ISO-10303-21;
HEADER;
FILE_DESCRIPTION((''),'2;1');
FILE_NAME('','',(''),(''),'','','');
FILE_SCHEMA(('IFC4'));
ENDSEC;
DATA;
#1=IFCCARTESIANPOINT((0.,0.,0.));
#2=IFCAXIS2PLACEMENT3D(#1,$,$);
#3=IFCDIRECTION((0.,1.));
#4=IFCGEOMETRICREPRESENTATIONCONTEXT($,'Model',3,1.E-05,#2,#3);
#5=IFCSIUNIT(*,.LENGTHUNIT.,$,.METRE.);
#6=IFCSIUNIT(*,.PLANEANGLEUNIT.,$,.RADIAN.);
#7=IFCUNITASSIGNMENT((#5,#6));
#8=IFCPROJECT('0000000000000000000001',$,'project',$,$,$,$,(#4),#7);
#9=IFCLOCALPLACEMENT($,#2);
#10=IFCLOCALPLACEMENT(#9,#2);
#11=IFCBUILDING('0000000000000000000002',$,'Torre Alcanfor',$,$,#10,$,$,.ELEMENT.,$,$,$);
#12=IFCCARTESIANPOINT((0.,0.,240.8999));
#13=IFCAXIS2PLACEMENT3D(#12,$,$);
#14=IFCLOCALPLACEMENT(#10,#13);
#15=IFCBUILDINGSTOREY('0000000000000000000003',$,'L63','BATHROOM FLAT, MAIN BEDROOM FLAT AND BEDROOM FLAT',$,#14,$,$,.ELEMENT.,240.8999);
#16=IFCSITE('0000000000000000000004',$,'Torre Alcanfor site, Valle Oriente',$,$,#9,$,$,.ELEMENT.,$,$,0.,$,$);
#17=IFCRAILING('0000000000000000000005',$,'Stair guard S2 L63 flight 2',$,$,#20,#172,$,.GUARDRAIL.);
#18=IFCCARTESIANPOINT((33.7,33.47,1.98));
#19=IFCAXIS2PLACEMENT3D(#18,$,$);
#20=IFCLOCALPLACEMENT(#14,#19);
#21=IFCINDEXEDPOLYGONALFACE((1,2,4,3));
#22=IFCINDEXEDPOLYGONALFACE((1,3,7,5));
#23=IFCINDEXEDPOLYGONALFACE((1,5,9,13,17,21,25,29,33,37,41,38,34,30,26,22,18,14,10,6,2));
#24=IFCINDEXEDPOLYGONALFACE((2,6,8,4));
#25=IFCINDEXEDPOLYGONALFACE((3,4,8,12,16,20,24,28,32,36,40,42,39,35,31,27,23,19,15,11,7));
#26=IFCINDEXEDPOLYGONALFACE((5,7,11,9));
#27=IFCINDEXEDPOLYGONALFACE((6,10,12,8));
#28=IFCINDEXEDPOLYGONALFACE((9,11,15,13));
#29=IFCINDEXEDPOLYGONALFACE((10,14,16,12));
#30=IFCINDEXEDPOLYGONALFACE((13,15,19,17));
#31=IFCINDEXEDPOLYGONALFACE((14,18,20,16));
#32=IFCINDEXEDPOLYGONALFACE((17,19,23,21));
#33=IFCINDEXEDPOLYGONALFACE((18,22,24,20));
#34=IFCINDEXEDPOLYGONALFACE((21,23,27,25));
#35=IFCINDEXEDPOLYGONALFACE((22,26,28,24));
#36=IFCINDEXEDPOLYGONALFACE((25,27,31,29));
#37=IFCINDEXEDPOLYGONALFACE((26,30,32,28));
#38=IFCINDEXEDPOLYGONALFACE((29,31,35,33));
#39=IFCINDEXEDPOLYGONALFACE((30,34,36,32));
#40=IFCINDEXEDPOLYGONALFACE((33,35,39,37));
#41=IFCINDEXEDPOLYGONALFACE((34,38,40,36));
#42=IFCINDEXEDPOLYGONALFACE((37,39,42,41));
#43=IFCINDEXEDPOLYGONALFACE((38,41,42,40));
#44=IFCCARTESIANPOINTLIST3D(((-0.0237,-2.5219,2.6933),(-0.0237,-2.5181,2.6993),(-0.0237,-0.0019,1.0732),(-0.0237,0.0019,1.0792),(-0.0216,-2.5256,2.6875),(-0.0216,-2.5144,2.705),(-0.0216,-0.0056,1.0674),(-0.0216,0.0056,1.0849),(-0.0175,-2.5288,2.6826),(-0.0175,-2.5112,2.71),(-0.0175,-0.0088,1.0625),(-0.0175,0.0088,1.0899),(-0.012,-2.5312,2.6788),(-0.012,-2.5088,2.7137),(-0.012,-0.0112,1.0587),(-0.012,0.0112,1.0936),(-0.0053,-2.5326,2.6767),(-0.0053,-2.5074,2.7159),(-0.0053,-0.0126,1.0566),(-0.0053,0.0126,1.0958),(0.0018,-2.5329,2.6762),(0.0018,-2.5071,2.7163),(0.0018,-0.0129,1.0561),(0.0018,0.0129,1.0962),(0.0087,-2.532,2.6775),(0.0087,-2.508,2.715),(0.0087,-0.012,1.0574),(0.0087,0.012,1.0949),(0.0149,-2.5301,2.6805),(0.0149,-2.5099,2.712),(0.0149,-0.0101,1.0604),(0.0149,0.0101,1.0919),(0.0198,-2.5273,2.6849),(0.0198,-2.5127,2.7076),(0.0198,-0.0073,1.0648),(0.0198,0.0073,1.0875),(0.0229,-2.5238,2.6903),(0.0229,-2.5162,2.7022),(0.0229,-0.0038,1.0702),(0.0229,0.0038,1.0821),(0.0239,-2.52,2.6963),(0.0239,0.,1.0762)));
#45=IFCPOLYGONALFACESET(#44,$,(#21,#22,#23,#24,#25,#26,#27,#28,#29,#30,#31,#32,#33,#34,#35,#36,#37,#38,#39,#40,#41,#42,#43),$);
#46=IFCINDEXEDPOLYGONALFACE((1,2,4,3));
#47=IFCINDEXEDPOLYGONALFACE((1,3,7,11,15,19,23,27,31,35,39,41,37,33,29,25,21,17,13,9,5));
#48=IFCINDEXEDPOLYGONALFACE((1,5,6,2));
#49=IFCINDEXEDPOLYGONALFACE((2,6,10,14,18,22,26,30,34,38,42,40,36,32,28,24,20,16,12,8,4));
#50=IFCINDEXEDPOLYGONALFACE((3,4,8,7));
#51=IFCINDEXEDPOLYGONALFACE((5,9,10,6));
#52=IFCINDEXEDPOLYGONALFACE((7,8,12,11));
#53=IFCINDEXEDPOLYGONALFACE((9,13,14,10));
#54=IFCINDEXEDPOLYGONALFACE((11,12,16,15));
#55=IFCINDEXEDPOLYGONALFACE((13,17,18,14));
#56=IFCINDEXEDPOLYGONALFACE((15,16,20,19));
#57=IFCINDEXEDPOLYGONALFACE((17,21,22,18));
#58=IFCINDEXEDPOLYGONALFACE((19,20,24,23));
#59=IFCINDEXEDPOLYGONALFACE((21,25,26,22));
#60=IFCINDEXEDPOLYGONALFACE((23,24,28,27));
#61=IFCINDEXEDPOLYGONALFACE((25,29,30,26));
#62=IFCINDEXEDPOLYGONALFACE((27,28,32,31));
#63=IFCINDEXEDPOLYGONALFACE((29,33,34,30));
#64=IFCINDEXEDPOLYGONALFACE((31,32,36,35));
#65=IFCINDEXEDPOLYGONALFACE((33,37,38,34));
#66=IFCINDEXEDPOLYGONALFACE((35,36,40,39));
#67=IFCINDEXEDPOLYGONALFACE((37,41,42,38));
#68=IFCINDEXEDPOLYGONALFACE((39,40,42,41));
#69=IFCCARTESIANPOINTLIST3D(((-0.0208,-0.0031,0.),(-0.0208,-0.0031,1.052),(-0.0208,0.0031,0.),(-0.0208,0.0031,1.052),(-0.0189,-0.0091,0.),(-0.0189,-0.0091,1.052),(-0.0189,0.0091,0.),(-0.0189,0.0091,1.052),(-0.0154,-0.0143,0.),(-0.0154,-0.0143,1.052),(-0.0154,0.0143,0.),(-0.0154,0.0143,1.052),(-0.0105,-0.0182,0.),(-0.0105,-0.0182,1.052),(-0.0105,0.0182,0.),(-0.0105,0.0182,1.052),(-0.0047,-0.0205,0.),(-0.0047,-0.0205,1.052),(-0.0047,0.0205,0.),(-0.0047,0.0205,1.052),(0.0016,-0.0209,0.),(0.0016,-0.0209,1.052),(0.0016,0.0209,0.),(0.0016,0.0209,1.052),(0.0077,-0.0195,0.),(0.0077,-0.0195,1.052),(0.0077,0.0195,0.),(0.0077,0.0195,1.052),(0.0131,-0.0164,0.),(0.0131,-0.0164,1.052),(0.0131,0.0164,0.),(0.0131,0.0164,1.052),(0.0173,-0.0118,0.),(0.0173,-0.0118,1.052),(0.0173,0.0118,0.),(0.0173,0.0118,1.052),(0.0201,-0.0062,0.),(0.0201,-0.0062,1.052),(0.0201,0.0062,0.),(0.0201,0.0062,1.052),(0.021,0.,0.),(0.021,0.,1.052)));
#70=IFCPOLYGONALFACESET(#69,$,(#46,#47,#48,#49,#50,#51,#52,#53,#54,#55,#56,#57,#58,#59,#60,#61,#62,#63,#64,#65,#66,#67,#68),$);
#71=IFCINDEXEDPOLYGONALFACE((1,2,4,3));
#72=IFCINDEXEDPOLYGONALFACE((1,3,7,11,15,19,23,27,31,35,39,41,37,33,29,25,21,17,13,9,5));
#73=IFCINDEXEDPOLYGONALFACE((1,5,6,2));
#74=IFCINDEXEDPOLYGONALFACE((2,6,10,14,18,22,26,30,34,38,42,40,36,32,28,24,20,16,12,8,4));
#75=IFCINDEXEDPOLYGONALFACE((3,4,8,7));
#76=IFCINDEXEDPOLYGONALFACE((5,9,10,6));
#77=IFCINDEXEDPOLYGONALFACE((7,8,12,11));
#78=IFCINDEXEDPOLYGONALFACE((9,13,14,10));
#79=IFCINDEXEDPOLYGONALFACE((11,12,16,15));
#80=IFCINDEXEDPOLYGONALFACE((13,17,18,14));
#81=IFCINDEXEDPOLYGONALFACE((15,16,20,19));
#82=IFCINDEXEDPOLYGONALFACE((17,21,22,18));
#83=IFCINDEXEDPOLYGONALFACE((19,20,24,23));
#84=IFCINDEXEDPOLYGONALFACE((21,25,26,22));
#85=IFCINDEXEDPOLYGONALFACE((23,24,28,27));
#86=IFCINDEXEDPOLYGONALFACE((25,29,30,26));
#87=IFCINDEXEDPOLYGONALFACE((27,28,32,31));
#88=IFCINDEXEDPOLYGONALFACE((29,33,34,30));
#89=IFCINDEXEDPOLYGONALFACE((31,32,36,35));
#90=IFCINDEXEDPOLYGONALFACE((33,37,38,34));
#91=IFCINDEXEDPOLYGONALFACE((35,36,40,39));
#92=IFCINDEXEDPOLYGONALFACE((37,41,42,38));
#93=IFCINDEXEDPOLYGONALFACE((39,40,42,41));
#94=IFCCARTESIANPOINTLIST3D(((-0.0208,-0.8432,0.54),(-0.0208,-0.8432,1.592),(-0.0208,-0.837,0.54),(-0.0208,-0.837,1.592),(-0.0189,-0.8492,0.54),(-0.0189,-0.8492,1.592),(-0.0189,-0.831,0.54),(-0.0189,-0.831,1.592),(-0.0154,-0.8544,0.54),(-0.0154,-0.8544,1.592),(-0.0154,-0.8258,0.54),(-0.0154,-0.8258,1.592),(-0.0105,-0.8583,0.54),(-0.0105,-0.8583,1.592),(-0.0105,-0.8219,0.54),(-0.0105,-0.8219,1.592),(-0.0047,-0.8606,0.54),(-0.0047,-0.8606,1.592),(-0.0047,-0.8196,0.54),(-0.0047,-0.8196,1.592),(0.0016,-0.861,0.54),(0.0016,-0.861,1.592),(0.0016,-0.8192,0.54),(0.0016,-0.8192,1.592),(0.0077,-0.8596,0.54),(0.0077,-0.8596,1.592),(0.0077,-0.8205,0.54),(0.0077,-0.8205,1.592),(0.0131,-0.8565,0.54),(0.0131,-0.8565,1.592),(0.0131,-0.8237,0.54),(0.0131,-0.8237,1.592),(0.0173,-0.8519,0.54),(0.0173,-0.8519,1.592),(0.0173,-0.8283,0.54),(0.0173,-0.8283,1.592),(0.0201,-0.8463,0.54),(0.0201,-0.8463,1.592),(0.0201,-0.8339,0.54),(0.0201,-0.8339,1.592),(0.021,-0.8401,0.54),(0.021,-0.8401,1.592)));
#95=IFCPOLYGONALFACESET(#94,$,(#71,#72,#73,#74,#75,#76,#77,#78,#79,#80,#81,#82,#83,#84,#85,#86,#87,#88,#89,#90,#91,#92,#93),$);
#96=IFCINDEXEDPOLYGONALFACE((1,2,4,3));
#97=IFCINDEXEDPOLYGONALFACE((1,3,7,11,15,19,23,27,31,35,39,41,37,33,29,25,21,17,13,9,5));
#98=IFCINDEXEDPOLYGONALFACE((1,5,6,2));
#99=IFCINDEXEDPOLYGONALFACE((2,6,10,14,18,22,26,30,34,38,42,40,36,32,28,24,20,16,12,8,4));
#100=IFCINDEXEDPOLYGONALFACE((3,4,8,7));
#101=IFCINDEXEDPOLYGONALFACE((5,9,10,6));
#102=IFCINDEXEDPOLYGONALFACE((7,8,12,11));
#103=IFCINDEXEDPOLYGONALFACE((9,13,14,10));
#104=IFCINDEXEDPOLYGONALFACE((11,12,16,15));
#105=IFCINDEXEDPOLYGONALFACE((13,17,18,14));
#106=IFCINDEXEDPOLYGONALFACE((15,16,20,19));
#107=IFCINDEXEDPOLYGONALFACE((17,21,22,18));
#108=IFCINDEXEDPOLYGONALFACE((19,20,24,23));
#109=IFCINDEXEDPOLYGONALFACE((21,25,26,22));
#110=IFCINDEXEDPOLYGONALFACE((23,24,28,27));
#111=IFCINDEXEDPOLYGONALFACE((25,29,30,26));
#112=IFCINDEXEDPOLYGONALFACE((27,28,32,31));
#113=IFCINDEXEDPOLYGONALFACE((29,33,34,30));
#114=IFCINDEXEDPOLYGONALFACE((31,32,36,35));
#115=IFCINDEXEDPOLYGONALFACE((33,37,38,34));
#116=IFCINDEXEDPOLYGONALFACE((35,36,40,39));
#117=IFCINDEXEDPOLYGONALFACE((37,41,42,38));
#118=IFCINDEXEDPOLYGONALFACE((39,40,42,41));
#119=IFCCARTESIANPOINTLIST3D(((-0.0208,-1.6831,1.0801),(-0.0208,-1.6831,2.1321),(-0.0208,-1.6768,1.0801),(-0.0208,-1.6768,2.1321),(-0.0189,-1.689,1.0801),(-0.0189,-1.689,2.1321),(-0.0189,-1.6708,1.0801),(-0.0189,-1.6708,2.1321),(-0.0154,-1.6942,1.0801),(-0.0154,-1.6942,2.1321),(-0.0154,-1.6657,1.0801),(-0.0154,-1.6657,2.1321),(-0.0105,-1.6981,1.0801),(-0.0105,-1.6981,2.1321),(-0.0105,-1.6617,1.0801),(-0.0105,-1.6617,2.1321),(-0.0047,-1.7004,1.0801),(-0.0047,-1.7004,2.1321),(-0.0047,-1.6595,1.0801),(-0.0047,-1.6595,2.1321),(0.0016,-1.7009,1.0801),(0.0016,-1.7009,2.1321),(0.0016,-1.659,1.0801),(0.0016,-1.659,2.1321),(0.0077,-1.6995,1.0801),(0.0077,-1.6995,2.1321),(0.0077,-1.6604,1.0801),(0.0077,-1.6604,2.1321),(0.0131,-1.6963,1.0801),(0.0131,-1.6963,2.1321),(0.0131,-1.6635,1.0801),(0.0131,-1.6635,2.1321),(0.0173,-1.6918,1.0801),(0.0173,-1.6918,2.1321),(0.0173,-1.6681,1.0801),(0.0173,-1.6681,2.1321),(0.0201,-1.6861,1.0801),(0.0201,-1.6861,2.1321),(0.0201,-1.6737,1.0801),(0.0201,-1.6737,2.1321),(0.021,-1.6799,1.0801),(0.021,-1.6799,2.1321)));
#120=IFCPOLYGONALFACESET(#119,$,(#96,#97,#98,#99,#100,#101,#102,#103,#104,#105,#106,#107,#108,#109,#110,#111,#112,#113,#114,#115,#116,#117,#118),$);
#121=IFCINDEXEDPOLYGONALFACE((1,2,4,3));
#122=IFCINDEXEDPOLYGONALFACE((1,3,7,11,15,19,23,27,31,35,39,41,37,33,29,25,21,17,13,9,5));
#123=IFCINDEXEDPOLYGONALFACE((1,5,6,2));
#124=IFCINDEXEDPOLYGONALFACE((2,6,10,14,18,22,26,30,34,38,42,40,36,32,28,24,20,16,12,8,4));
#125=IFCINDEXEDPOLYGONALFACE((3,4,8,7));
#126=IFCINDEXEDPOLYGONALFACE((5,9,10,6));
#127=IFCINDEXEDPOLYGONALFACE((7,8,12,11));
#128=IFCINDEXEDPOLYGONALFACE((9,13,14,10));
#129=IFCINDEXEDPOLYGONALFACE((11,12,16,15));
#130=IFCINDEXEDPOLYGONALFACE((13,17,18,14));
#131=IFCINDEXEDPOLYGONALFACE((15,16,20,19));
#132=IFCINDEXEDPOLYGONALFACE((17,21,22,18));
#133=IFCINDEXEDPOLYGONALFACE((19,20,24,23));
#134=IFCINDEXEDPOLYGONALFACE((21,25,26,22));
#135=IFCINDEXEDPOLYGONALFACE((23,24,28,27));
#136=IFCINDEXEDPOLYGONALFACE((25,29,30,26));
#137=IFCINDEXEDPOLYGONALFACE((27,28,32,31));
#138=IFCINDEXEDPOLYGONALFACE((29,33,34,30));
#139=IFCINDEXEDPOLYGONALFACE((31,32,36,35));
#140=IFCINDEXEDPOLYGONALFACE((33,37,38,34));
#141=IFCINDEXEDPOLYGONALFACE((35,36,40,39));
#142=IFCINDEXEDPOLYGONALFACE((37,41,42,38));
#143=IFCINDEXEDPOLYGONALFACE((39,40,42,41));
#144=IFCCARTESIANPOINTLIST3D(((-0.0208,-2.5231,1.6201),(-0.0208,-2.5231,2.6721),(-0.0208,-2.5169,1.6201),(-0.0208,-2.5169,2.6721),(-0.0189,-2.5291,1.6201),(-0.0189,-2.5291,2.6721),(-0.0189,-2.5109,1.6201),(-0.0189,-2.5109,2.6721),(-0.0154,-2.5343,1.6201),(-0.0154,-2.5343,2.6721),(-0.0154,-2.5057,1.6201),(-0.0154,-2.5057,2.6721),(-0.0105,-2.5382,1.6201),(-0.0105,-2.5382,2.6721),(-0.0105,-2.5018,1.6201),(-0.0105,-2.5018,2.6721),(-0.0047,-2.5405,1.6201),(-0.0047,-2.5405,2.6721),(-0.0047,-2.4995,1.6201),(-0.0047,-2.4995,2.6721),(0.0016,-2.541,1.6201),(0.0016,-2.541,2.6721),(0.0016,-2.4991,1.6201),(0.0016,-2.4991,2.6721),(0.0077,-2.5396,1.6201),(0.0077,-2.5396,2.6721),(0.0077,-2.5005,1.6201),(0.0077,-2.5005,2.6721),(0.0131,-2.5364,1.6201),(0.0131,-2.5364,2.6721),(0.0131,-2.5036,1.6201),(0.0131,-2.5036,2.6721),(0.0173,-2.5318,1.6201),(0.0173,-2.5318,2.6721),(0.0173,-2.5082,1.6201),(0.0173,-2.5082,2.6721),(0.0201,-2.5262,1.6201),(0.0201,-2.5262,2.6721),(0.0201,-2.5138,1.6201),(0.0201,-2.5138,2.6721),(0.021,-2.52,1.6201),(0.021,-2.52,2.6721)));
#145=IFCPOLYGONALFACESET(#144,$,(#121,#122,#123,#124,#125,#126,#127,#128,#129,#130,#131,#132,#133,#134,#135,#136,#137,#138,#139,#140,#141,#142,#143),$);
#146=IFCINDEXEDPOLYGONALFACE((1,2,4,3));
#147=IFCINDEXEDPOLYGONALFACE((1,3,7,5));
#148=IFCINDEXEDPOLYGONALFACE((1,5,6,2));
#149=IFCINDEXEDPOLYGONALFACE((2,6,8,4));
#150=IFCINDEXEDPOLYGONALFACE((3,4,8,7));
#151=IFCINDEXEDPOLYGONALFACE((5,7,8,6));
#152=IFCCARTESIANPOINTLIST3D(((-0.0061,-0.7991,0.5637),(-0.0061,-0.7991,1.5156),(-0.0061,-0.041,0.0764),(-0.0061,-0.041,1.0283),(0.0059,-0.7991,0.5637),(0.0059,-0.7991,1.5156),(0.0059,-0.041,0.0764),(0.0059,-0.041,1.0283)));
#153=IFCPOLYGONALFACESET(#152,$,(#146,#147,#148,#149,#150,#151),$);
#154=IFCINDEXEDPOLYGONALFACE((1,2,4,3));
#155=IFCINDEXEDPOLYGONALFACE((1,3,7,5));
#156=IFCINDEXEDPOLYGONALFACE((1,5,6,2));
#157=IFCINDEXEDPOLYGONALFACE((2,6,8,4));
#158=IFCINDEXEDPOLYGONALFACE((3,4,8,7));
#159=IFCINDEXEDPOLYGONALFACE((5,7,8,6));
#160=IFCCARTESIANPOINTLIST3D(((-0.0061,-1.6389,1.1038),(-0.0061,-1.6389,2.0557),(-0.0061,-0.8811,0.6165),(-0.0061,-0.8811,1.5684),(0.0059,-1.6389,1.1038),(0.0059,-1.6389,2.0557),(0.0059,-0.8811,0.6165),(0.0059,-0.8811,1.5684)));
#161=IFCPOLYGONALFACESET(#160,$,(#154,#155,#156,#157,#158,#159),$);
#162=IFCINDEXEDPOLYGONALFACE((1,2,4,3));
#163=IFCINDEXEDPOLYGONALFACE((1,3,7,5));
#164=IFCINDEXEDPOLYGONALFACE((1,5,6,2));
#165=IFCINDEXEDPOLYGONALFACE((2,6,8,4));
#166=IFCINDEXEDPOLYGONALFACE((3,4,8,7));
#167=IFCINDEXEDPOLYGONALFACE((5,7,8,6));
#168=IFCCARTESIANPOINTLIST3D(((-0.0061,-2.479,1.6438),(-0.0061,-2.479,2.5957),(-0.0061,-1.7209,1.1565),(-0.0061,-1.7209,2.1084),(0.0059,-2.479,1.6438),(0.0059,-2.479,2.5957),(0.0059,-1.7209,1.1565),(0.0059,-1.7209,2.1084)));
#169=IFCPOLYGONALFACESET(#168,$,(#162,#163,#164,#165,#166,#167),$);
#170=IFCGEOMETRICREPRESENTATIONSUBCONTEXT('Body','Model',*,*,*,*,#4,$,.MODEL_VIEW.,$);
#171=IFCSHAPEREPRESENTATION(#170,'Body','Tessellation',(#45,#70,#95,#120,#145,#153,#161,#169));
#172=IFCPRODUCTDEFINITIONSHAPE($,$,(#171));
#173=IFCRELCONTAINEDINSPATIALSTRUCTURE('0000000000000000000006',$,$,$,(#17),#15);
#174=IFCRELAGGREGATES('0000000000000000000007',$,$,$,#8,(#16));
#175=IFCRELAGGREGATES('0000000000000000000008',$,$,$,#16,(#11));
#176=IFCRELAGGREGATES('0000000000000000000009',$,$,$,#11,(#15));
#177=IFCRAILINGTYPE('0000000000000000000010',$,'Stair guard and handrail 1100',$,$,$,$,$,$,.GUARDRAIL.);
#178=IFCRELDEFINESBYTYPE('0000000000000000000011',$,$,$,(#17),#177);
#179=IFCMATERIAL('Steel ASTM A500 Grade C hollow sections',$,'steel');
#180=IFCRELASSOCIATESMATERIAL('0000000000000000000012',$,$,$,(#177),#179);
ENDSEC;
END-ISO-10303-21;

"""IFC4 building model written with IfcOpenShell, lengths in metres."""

from ifc_helpers import new_model, si_unit, direction, frame, origin, origin_2d, place, context, subcontext, project, spatial, polyline, circle, outline, extrude, material, type_object, element, save


model = new_model("IFC4")

# Units and contexts
model_context = context("Model", 3, precision=1e-05, world=origin(), true_north=direction((0.0, 1.0)))
body_context = subcontext(model_context, "Body", "Model", "MODEL_VIEW")
ifc_project = project(units=[si_unit("LENGTHUNIT", "METRE"), si_unit("PLANEANGLEUNIT", "RADIAN")], contexts=[model_context])

# Site, building, storey
site_placement = place(None, origin())
site = spatial("IfcSite", under=ifc_project, at=site_placement, Name="Torre Alcanfor site, Valle Oriente", CompositionType="ELEMENT", RefElevation=0.0)
building_placement = place(site_placement, origin())
building = spatial("IfcBuilding", under=site, at=building_placement, Name="Torre Alcanfor", CompositionType="ELEMENT")
storey_placement = place(building_placement, frame((0.0, 0.0, 240.8999)))
storey = spatial("IfcBuildingStorey", under=building, at=storey_placement, Name="L63", Description="BATHROOM FLAT, MAIN BEDROOM FLAT AND BEDROOM FLAT", CompositionType="ELEMENT", Elevation=240.8999)

# Railing
ifc_material_1 = material(Name="Steel ASTM A500 Grade C hollow sections", Category="steel")
railing_type_1 = type_object("IfcRailingType", Name="Stair guard and handrail 1100", PredefinedType="GUARDRAIL", material=ifc_material_1)
railing_1_placement = place(storey_placement, frame((33.7, 33.47, 1.98)))
element("IfcRailing", 1, at=railing_1_placement, inside=storey, type_object=railing_type_1, Name="Stair guard S2 L63 flight 2", PredefinedType="GUARDRAIL", context=body_context, shape_type="SweptSolid", body=[
    extrude(circle(Radius=0.0239, at=origin_2d()), frame((0.0, 0.0, 1.0762), z_axis=(0.0, -0.841163, 0.540782), x_axis=(1.0, 0.0, 0.0)), (0.0, 0.0, 1.0), 2.9958),
    extrude(circle(Radius=0.021, at=origin_2d()), origin(), (0.0, 0.0, 1.0), 1.052),
    extrude(circle(Radius=0.021, at=origin_2d()), frame((0.0, -0.8401, 0.54)), (0.0, 0.0, 1.0), 1.052),
    extrude(circle(Radius=0.021, at=origin_2d()), frame((0.0, -1.6799, 1.0801)), (0.0, 0.0, 1.0), 1.052),
    extrude(circle(Radius=0.021, at=origin_2d()), frame((0.0, -2.52, 1.6201)), (0.0, 0.0, 1.0), 1.052),
    extrude(outline(polyline([(0.041, 0.0764), (0.7991, 0.5637), (0.7991, 1.5156), (0.041, 1.0283), (0.041, 0.0764)])), frame((0.0059, 0.0, 0.0), z_axis=(-1.0, 0.0, 0.0), x_axis=(0.0, -1.0, 0.0)), (0.0, 0.0, 1.0), 0.012),
    extrude(outline(polyline([(0.8811, 0.6165), (1.6389, 1.1038), (1.6389, 2.0557), (0.8811, 1.5684), (0.8811, 0.6165)])), frame((0.0059, 0.0, 0.0), z_axis=(-1.0, 0.0, 0.0), x_axis=(0.0, -1.0, 0.0)), (0.0, 0.0, 1.0), 0.012),
    extrude(outline(polyline([(1.7209, 1.1565), (2.479, 1.6438), (2.479, 2.5957), (1.7209, 2.1084), (1.7209, 1.1565)])), frame((0.0059, 0.0, 0.0), z_axis=(-1.0, 0.0, 0.0), x_axis=(0.0, -1.0, 0.0)), (0.0, 0.0, 1.0), 0.012),
])

save(model, "model.ifc")
